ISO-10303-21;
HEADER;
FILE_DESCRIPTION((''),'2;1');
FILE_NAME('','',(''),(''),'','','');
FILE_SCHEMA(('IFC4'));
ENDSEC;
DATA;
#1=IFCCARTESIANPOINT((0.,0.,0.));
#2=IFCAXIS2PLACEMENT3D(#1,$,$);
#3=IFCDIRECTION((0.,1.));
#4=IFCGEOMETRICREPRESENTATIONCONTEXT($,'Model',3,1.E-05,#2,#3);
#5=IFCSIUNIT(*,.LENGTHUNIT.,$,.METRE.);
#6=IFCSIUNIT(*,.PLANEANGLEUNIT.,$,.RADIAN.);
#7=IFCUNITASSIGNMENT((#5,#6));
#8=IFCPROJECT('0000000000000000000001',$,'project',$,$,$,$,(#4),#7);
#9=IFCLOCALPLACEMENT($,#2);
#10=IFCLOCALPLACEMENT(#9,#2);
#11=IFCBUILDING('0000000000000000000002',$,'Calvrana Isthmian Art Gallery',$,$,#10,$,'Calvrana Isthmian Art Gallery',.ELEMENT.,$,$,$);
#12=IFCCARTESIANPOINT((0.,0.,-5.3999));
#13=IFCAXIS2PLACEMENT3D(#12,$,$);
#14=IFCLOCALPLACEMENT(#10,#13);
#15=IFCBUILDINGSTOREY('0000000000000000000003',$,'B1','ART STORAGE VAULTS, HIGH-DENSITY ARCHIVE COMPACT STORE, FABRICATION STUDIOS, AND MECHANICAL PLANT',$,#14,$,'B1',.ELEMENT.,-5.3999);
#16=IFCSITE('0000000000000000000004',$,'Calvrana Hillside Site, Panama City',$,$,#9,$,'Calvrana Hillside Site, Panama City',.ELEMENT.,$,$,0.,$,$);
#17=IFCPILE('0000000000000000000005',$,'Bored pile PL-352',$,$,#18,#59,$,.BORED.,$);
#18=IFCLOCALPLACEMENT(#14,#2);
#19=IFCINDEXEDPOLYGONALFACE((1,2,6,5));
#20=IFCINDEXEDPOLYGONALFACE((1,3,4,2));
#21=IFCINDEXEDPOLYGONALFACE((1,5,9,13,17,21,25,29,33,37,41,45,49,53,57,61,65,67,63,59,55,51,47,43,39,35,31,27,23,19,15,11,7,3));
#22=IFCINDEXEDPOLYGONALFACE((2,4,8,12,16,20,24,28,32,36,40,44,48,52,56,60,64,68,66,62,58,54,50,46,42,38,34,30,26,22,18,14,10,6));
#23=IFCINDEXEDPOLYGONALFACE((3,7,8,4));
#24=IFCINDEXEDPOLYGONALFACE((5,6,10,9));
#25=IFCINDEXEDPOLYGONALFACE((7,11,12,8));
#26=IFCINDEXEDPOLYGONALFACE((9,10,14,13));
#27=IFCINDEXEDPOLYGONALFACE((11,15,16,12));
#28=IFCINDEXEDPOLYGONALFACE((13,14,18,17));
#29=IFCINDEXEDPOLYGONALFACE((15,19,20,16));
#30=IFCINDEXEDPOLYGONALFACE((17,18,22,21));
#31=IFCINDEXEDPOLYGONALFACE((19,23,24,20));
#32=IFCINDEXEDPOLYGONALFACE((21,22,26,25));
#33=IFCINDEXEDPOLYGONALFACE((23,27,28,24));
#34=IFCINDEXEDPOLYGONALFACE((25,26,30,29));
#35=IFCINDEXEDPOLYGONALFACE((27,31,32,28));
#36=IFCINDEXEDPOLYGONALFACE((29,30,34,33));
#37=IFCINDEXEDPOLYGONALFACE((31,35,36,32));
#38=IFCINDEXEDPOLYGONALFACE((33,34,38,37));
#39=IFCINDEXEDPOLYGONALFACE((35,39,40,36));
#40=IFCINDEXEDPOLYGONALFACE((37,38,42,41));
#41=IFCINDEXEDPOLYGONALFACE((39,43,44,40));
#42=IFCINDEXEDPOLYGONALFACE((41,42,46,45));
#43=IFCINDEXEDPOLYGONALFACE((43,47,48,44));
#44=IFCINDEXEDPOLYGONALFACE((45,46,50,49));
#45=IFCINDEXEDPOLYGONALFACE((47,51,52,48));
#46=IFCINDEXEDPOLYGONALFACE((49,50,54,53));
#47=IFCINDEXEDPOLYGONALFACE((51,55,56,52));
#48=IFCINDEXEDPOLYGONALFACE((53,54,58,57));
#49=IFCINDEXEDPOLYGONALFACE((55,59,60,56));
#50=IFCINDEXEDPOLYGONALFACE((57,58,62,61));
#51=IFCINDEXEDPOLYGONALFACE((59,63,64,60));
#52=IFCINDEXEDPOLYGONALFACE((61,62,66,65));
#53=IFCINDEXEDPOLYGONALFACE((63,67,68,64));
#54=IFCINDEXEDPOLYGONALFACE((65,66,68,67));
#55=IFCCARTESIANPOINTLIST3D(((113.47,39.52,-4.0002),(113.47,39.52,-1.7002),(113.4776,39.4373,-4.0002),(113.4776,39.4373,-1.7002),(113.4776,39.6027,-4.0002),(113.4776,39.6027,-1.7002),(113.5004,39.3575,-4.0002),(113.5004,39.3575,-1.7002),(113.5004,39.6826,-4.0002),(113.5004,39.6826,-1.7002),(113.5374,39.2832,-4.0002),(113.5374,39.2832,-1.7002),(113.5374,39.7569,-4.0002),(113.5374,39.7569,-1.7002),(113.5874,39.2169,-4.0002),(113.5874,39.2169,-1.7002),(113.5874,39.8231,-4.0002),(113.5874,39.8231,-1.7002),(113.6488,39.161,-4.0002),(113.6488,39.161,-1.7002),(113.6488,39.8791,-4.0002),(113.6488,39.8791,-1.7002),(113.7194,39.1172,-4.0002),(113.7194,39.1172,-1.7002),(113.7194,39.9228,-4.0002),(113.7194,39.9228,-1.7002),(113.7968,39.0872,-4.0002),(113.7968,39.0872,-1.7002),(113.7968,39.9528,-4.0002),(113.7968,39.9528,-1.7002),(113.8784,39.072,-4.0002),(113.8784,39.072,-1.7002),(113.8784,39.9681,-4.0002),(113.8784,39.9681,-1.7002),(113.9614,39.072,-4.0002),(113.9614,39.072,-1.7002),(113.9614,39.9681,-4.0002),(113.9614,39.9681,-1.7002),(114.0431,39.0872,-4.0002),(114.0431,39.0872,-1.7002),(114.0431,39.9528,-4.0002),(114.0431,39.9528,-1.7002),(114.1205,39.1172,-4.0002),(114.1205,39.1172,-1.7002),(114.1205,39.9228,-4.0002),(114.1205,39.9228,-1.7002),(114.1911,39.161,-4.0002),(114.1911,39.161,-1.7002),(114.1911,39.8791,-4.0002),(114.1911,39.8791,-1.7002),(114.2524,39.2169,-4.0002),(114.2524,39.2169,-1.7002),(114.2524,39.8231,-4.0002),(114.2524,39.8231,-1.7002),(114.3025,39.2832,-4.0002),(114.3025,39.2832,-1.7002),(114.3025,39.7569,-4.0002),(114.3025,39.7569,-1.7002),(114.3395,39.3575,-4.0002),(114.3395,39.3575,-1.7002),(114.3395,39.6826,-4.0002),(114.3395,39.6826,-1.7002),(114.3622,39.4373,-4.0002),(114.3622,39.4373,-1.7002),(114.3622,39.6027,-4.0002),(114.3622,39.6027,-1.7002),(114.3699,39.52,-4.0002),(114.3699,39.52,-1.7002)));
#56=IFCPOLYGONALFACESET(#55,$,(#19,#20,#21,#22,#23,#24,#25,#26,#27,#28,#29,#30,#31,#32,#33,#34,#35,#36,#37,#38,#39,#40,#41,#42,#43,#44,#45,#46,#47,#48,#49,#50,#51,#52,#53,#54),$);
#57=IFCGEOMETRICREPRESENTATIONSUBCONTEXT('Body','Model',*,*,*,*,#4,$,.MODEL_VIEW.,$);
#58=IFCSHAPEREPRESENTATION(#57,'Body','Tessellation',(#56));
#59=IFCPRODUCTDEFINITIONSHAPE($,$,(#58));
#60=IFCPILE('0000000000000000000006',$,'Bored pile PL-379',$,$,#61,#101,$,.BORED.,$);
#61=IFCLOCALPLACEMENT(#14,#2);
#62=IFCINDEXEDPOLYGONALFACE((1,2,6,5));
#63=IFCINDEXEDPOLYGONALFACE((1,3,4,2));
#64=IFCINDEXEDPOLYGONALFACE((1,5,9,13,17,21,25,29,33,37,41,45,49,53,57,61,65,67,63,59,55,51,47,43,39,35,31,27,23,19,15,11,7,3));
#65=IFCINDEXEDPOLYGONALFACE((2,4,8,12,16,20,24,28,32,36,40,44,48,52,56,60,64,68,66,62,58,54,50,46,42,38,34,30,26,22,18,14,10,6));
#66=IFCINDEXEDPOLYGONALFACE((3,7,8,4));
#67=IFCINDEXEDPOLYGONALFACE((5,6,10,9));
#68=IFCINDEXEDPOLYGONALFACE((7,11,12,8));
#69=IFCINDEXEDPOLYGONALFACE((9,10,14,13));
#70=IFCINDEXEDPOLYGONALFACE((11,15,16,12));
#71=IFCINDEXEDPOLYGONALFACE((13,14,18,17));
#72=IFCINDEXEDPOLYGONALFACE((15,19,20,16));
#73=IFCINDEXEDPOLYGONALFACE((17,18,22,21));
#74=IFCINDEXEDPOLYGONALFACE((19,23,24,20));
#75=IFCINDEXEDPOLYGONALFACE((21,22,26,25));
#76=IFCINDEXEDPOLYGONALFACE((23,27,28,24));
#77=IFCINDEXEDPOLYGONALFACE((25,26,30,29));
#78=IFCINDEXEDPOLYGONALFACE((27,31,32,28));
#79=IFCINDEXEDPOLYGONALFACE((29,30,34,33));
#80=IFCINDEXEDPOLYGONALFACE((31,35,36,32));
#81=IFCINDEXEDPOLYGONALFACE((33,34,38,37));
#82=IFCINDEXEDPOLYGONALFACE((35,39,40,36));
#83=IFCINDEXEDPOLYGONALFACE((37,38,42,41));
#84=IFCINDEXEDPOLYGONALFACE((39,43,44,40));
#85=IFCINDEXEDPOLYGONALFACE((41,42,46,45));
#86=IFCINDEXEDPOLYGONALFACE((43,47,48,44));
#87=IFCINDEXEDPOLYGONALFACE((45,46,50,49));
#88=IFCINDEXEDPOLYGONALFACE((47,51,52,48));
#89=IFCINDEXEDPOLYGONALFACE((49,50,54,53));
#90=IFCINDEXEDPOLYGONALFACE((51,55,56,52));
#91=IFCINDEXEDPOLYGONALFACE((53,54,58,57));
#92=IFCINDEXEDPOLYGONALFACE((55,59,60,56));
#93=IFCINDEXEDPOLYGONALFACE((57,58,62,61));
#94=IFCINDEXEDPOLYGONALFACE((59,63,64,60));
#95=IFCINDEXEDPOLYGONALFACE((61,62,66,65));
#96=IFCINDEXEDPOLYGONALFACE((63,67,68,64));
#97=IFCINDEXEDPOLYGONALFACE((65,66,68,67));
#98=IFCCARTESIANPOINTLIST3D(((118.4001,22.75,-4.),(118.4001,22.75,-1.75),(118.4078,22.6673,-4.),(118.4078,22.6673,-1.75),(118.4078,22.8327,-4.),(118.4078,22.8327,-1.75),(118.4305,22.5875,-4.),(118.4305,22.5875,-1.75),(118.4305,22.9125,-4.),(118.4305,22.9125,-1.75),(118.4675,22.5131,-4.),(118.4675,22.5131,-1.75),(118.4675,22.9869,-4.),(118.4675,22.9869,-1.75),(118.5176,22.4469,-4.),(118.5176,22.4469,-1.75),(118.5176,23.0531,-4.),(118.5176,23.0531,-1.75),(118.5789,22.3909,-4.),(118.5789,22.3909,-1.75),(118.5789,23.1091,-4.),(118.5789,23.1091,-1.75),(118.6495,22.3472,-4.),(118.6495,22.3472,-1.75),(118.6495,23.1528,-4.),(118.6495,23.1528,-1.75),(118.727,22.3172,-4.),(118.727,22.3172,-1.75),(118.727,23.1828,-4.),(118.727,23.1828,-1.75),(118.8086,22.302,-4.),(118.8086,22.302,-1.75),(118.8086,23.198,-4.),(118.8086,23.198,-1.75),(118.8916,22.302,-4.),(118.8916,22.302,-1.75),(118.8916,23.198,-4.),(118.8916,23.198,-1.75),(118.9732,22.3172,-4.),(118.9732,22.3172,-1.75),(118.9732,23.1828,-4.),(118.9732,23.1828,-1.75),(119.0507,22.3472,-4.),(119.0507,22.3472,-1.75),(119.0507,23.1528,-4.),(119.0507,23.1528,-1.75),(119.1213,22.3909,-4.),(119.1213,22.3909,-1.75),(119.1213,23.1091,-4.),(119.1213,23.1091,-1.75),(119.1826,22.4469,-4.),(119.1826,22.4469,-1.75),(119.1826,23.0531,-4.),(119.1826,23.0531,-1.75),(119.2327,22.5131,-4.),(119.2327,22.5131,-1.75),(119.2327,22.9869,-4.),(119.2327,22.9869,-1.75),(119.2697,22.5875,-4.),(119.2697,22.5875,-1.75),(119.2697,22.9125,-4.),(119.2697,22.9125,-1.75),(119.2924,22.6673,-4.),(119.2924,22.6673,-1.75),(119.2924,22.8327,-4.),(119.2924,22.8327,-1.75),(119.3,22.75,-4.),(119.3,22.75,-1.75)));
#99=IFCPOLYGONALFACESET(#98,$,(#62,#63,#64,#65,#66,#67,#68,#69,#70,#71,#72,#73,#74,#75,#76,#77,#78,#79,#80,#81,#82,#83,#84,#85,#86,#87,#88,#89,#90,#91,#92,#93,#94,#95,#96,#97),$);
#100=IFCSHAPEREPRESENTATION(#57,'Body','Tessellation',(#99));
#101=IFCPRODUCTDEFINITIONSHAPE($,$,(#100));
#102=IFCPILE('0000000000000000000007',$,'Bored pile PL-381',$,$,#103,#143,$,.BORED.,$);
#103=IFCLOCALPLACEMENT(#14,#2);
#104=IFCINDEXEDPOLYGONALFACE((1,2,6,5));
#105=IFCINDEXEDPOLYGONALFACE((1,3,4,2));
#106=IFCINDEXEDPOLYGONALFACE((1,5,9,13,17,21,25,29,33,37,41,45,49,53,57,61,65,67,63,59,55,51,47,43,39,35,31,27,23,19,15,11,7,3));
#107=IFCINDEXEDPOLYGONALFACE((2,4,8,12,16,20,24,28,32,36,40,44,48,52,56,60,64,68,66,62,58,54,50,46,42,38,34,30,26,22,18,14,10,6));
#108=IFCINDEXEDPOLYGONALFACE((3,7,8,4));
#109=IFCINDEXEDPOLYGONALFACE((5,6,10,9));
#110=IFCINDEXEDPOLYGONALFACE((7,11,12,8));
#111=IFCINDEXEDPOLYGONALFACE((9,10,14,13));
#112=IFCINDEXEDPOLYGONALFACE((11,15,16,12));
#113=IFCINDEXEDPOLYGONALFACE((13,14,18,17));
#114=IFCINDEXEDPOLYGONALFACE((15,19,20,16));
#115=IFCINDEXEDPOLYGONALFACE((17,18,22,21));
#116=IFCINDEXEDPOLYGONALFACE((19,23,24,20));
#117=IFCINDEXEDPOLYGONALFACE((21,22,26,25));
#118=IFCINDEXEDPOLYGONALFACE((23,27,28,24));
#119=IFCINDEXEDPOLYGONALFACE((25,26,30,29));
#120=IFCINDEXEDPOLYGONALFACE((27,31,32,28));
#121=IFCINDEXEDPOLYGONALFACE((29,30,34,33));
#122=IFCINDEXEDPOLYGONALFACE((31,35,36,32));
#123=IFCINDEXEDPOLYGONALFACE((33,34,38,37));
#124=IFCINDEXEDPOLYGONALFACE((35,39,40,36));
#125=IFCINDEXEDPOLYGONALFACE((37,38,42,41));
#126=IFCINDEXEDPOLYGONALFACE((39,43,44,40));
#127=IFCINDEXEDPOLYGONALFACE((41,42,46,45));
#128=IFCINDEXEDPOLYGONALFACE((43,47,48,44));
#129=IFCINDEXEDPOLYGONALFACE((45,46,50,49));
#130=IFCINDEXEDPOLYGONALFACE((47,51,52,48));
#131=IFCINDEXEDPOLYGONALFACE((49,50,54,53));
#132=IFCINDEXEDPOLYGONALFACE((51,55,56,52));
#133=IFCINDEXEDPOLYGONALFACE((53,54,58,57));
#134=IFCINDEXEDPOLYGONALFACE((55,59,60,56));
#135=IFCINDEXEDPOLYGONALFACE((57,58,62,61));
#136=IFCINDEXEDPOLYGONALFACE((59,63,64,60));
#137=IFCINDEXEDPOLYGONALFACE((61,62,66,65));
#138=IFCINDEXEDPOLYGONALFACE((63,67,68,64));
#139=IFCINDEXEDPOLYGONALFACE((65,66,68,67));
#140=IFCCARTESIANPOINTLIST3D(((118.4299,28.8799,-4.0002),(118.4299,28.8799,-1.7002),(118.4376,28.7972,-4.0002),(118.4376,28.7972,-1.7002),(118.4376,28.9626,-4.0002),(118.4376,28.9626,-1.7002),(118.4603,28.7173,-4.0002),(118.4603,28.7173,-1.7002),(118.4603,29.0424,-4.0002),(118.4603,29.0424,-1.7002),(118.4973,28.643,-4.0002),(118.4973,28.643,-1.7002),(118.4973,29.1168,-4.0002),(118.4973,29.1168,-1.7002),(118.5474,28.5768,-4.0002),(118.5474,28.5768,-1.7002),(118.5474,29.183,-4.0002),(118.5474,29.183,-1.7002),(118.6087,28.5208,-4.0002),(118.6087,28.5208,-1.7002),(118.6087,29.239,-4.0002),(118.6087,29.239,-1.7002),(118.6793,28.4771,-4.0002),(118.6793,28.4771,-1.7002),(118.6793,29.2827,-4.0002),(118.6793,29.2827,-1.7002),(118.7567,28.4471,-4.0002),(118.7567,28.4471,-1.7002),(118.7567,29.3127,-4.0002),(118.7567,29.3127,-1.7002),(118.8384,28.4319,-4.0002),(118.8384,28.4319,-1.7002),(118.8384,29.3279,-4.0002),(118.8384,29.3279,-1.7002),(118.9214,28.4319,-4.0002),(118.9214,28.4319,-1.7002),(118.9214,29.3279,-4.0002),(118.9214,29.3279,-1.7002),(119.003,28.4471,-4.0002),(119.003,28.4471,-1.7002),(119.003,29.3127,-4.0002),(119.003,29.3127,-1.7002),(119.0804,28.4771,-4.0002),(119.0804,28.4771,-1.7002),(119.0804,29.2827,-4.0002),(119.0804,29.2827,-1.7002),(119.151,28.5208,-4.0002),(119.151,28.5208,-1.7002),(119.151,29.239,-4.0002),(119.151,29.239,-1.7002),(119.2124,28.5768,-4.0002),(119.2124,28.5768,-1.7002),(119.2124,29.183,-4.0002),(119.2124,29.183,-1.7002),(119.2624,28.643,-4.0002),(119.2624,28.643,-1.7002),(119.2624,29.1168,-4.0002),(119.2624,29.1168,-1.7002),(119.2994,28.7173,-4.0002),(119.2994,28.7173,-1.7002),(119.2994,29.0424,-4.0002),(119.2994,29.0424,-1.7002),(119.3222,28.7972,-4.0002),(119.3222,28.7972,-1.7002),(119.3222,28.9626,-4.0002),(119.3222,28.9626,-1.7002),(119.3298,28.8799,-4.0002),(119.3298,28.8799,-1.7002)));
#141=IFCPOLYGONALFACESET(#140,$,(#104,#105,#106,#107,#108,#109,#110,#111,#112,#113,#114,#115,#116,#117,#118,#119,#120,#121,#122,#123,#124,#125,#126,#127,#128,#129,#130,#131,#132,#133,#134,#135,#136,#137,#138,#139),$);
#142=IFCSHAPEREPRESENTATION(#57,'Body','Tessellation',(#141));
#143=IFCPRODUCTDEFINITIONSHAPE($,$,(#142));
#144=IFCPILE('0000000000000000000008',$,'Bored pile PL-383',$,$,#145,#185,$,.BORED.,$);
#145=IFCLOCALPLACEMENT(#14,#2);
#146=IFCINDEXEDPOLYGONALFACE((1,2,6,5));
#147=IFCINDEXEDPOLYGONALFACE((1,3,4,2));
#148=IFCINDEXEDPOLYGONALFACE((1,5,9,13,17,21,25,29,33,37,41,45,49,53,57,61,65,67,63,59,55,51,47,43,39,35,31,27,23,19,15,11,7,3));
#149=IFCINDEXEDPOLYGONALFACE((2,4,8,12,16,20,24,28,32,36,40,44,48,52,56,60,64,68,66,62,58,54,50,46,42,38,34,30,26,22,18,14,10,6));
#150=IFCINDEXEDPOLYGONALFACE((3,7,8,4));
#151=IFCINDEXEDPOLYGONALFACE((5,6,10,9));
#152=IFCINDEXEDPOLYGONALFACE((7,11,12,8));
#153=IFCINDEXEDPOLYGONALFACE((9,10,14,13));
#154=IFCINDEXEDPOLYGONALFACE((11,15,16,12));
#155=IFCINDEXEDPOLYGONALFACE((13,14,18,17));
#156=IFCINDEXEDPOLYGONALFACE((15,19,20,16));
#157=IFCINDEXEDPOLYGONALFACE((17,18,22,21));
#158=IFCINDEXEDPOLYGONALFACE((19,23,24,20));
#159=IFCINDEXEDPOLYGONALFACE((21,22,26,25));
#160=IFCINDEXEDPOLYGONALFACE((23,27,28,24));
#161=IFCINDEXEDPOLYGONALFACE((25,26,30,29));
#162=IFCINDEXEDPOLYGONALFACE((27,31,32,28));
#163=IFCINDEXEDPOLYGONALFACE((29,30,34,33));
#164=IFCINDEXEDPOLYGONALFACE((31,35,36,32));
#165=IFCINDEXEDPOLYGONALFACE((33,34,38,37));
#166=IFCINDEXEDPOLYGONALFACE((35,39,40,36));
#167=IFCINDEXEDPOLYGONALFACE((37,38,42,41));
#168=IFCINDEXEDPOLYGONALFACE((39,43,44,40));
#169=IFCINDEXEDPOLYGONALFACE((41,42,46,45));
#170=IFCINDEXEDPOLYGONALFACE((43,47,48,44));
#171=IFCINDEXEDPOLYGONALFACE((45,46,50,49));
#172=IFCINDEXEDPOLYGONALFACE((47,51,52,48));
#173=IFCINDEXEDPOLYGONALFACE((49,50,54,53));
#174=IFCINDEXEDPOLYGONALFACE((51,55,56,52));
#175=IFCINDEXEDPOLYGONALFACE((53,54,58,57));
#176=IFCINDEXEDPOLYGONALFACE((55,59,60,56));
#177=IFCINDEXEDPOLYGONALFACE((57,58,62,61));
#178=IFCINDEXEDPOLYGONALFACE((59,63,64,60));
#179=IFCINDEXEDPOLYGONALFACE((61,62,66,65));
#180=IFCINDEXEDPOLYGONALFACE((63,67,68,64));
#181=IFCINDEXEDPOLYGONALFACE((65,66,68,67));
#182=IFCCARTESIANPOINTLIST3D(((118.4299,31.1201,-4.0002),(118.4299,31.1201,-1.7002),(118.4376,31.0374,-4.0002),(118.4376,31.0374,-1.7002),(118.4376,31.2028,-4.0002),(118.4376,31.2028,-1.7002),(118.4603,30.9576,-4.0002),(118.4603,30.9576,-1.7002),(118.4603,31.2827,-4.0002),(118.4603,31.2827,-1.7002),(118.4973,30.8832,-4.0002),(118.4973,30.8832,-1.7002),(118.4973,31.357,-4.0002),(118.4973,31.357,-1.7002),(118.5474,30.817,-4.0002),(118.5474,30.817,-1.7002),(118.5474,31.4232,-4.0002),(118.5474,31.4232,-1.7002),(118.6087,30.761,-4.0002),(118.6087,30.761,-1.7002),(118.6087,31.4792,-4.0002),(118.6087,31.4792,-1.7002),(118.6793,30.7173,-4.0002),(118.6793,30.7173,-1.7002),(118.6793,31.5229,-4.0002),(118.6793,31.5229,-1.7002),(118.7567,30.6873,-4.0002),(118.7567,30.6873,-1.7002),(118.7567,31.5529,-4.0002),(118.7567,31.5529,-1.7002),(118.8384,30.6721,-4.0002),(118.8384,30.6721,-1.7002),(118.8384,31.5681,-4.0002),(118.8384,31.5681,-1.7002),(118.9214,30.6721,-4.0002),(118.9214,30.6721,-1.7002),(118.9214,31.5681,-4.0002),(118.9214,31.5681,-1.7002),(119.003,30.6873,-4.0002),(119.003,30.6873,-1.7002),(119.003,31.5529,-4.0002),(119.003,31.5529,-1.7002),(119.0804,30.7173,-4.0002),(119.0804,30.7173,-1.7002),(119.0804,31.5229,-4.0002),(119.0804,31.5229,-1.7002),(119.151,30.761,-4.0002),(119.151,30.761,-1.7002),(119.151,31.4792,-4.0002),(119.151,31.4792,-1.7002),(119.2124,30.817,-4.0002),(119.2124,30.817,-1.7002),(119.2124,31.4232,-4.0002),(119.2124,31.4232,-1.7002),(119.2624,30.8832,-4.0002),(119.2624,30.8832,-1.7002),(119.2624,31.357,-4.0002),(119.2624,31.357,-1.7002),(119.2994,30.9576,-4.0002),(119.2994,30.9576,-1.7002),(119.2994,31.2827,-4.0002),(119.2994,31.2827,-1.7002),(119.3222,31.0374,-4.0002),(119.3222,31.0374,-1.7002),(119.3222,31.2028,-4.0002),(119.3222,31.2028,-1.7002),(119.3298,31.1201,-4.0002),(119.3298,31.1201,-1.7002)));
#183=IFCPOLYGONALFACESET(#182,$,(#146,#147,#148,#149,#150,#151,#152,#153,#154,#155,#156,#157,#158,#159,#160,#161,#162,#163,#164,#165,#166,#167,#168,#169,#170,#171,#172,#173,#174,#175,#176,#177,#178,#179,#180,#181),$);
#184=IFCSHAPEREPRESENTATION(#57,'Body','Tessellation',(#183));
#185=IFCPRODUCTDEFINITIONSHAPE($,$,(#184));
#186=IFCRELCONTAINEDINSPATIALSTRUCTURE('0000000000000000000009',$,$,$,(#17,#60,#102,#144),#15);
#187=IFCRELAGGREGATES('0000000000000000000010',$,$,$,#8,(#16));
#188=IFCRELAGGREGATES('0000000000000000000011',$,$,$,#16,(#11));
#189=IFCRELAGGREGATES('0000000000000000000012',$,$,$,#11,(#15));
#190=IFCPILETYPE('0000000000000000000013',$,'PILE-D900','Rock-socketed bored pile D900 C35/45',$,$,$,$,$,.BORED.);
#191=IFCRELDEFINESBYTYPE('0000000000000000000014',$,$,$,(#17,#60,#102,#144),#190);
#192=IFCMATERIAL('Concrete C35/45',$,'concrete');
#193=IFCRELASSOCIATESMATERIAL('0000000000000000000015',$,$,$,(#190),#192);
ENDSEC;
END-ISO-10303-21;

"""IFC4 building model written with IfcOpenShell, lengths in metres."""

from ifc_helpers import new_model, si_unit, direction, frame, origin, origin_2d, place, context, subcontext, project, spatial, circle, extrude, material, material_profile, profile_set, type_object, element, save


model = new_model("IFC4")

# Units and contexts
model_context = context("Model", 3, precision=1e-05, world=origin(), true_north=direction((0.0, 1.0)))
body_context = subcontext(model_context, "Body", "Model", "MODEL_VIEW")
ifc_project = project(units=[si_unit("LENGTHUNIT", "METRE"), si_unit("PLANEANGLEUNIT", "RADIAN")], contexts=[model_context])

# Site, building, storey
site_placement = place(None, origin())
site = spatial("IfcSite", under=ifc_project, at=site_placement, Name="Calvrana Hillside Site, Panama City", LongName="Calvrana Hillside Site, Panama City", CompositionType="ELEMENT", RefElevation=0.0)
building_placement = place(site_placement, origin())
building = spatial("IfcBuilding", under=site, at=building_placement, Name="Calvrana Isthmian Art Gallery", LongName="Calvrana Isthmian Art Gallery", CompositionType="ELEMENT")
storey_placement = place(building_placement, frame((0.0, 0.0, -5.3999)))
storey = spatial("IfcBuildingStorey", under=building, at=storey_placement, Name="B1", Description="ART STORAGE VAULTS, HIGH-DENSITY ARCHIVE COMPACT STORE, FABRICATION STUDIOS, AND MECHANICAL PLANT", LongName="B1", CompositionType="ELEMENT", Elevation=-5.3999)

# Shared definitions
ifc_material_1 = material(Name="Concrete C35/45", Category="concrete")

# Piles
ifc_material_profile_1 = material_profile(ifc_material_1, circle(Radius=0.45, at=origin_2d()), Name="PILE900D")
ifc_profile_set_1 = profile_set([ifc_material_profile_1], Name="Concrete C35/45")
pile_type = type_object("IfcPileType", Name="PILE-D900", Description="Rock-socketed bored pile D900 C35/45", PredefinedType="BORED", material=ifc_profile_set_1)
for number, where, z_axis, x_axis, name in (
    (1, (113.9199, 39.52, -1.7002), (0.0, 0.0, -1.0), (1.0, 0.0, 0.0), "Bored pile PL-352"),
):
    element("IfcPile", number, at=place(storey_placement, frame(where, z_axis=z_axis, x_axis=x_axis)), inside=storey, type_object=pile_type, Name=name, PredefinedType="BORED", context=body_context, shape_type="SweptSolid", body=[
        extrude(circle(Radius=0.45, at=origin_2d()), origin(), (0.0, 0.0, 1.0), 2.3),
    ])
pile_1_placement = place(storey_placement, frame((118.8501, 22.75, -1.75), z_axis=(0.0, 0.0, -1.0), x_axis=(1.0, 0.0, 0.0)))
element("IfcPile", 2, at=pile_1_placement, inside=storey, type_object=pile_type, Name="Bored pile PL-379", PredefinedType="BORED", context=body_context, shape_type="SweptSolid", body=[
    extrude(circle(Radius=0.45, at=origin_2d()), origin(), (0.0, 0.0, 1.0), 2.25),
])
for number, where, z_axis, x_axis, name in (
    (3, (118.8799, 28.8799, -1.7002), (0.0, 0.0, -1.0), (1.0, 0.0, 0.0), "Bored pile PL-381"),
    (4, (118.8799, 31.1201, -1.7002), (0.0, 0.0, -1.0), (1.0, 0.0, 0.0), "Bored pile PL-383"),
):
    element("IfcPile", number, at=place(storey_placement, frame(where, z_axis=z_axis, x_axis=x_axis)), inside=storey, type_object=pile_type, Name=name, PredefinedType="BORED", context=body_context, shape_type="SweptSolid", body=[
        extrude(circle(Radius=0.45, at=origin_2d()), origin(), (0.0, 0.0, 1.0), 2.3),
    ])

save(model, "model.ifc")
